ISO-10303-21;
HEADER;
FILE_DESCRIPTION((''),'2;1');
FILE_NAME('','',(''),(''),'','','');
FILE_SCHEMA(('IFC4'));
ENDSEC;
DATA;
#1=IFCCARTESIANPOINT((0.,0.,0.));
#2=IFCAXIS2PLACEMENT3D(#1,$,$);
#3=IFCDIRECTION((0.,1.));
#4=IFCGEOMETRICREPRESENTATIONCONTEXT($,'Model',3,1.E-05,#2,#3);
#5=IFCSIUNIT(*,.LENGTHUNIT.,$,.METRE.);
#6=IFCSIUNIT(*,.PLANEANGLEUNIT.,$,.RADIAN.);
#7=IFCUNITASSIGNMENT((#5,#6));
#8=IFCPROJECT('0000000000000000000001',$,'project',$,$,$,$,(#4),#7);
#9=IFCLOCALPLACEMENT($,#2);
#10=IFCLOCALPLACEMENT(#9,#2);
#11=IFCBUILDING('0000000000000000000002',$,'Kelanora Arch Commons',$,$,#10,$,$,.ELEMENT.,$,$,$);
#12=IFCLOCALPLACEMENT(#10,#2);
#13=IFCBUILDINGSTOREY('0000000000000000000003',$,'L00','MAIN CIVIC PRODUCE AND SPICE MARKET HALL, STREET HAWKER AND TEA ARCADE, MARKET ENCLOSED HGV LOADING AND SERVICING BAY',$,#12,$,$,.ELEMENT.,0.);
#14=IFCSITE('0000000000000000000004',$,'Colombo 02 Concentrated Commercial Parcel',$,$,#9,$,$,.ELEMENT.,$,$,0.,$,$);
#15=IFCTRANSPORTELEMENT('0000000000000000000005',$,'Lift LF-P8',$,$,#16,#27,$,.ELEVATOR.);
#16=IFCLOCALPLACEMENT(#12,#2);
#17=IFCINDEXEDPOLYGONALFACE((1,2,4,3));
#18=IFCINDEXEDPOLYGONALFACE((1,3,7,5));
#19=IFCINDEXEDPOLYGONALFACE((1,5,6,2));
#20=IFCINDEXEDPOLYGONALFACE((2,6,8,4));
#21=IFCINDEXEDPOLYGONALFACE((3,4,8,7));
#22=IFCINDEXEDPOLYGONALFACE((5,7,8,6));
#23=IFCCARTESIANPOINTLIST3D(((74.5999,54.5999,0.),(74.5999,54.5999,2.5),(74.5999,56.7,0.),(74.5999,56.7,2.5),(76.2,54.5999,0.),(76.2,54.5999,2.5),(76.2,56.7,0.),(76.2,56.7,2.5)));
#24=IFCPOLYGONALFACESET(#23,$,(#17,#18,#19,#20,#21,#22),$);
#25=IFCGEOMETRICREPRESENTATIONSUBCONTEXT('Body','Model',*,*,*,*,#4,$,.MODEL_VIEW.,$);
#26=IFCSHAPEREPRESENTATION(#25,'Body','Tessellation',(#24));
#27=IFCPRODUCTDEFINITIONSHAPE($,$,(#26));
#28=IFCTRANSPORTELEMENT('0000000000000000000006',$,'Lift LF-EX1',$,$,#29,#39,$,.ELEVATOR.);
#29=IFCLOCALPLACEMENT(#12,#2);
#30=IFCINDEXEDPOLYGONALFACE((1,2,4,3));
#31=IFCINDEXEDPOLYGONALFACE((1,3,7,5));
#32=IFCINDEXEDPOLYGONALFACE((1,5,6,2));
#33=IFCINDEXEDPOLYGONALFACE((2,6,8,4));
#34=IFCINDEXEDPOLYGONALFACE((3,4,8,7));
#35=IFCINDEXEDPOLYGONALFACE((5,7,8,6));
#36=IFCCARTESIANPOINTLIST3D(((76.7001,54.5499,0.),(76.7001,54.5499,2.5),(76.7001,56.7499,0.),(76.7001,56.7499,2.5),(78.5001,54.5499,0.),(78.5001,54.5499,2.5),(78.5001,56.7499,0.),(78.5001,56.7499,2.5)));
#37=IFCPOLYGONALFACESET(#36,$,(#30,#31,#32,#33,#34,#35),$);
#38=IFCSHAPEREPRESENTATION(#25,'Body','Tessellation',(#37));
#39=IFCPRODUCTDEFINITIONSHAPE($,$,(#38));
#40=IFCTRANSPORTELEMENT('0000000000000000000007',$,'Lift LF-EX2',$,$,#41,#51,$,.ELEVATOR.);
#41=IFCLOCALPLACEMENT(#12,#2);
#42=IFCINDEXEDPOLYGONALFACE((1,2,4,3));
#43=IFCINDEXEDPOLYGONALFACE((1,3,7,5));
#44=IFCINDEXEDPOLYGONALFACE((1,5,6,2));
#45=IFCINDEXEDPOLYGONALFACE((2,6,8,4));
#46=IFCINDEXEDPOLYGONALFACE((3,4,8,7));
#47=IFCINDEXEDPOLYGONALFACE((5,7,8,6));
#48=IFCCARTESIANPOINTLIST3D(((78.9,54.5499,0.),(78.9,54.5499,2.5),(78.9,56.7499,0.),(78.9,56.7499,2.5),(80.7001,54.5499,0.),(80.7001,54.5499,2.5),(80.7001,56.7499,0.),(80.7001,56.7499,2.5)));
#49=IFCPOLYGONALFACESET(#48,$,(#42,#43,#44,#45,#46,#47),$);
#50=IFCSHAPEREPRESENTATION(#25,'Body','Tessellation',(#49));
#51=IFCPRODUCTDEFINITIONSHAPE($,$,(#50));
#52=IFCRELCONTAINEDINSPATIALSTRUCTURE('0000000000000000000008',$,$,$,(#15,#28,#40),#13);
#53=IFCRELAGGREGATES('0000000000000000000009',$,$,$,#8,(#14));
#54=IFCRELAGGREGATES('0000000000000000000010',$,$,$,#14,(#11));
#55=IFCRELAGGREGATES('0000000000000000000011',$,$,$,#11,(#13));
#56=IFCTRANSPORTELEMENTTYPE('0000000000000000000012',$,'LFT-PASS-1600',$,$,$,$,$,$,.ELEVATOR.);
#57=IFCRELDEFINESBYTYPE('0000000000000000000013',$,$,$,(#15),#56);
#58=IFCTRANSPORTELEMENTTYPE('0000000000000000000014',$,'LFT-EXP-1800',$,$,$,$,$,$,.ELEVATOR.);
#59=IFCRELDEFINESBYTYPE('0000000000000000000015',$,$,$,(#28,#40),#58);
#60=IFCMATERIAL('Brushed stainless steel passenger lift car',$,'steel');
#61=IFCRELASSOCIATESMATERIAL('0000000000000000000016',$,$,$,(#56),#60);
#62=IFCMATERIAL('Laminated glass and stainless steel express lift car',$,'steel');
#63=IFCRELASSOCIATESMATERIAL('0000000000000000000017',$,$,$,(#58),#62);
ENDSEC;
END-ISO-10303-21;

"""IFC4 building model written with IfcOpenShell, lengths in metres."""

from ifc_helpers import new_model, si_unit, direction, frame, origin, origin_2d, place, context, subcontext, project, spatial, rectangle, extrude, source, transform, mapped, material, type_object, element, save


model = new_model("IFC4")

# Units and contexts
model_context = context("Model", 3, precision=1e-05, world=origin(), true_north=direction((0.0, 1.0)))
body_context = subcontext(model_context, "Body", "Model", "MODEL_VIEW")
ifc_project = project(units=[si_unit("LENGTHUNIT", "METRE"), si_unit("PLANEANGLEUNIT", "RADIAN")], contexts=[model_context])

# Site, building, storey
site_placement = place(None, origin())
site = spatial("IfcSite", under=ifc_project, at=site_placement, Name="Colombo 02 Concentrated Commercial Parcel", CompositionType="ELEMENT", RefElevation=0.0)
building_placement = place(site_placement, origin())
building = spatial("IfcBuilding", under=site, at=building_placement, Name="Kelanora Arch Commons", CompositionType="ELEMENT")
storey_placement = place(building_placement, origin())
storey = spatial("IfcBuildingStorey", under=building, at=storey_placement, Name="L00", Description="MAIN CIVIC PRODUCE AND SPICE MARKET HALL, STREET HAWKER AND TEA ARCADE, MARKET ENCLOSED HGV LOADING AND SERVICING BAY", CompositionType="ELEMENT", Elevation=0.0)

# Transport elements
ifc_material_1 = material(Name="Brushed stainless steel passenger lift car", Category="steel")
transport_element_type_1 = type_object("IfcTransportElementType", Name="LFT-PASS-1600", PredefinedType="ELEVATOR", material=ifc_material_1)
shared_shape_1 = source(origin(), body_context, "Body", "SweptSolid", [
    extrude(rectangle(XDim=1.6001, YDim=2.1001, at=origin_2d()), origin(), (0.0, 0.0, 1.0), 2.5),
])
transport_element_placement = place(storey_placement, frame((75.3999, 55.6499, 0.0), z_axis=(0.0, 0.0, 1.0), x_axis=(1.0, 0.0, 0.0)))
element("IfcTransportElement", 1, at=transport_element_placement, inside=storey, type_object=transport_element_type_1, Name="Lift LF-P8", PredefinedType="ELEVATOR", context=body_context, shape_type="MappedRepresentation", body=[
    mapped(shared_shape_1, transform((0.0, 0.0, 0.0), scale=1.0)),
])
ifc_material_2 = material(Name="Laminated glass and stainless steel express lift car", Category="steel")
transport_element_type_2 = type_object("IfcTransportElementType", Name="LFT-EXP-1800", PredefinedType="ELEVATOR", material=ifc_material_2)
shared_shape_2 = source(origin(), body_context, "Body", "SweptSolid", [
    extrude(rectangle(XDim=1.8, YDim=2.2, at=origin_2d()), origin(), (0.0, 0.0, 1.0), 2.5),
])
for number, where, z_axis, x_axis, name in (
    (2, (77.6001, 55.6499, 0.0), (0.0, 0.0, 1.0), (1.0, 0.0, 0.0), "Lift LF-EX1"),
    (3, (79.8, 55.6499, 0.0), (0.0, 0.0, 1.0), (1.0, 0.0, 0.0), "Lift LF-EX2"),
):
    element("IfcTransportElement", number, at=place(storey_placement, frame(where, z_axis=z_axis, x_axis=x_axis)), inside=storey, type_object=transport_element_type_2, Name=name, PredefinedType="ELEVATOR", context=body_context, shape_type="MappedRepresentation", body=[
        mapped(shared_shape_2, transform((0.0, 0.0, 0.0), scale=1.0)),
    ])

save(model, "model.ifc")
